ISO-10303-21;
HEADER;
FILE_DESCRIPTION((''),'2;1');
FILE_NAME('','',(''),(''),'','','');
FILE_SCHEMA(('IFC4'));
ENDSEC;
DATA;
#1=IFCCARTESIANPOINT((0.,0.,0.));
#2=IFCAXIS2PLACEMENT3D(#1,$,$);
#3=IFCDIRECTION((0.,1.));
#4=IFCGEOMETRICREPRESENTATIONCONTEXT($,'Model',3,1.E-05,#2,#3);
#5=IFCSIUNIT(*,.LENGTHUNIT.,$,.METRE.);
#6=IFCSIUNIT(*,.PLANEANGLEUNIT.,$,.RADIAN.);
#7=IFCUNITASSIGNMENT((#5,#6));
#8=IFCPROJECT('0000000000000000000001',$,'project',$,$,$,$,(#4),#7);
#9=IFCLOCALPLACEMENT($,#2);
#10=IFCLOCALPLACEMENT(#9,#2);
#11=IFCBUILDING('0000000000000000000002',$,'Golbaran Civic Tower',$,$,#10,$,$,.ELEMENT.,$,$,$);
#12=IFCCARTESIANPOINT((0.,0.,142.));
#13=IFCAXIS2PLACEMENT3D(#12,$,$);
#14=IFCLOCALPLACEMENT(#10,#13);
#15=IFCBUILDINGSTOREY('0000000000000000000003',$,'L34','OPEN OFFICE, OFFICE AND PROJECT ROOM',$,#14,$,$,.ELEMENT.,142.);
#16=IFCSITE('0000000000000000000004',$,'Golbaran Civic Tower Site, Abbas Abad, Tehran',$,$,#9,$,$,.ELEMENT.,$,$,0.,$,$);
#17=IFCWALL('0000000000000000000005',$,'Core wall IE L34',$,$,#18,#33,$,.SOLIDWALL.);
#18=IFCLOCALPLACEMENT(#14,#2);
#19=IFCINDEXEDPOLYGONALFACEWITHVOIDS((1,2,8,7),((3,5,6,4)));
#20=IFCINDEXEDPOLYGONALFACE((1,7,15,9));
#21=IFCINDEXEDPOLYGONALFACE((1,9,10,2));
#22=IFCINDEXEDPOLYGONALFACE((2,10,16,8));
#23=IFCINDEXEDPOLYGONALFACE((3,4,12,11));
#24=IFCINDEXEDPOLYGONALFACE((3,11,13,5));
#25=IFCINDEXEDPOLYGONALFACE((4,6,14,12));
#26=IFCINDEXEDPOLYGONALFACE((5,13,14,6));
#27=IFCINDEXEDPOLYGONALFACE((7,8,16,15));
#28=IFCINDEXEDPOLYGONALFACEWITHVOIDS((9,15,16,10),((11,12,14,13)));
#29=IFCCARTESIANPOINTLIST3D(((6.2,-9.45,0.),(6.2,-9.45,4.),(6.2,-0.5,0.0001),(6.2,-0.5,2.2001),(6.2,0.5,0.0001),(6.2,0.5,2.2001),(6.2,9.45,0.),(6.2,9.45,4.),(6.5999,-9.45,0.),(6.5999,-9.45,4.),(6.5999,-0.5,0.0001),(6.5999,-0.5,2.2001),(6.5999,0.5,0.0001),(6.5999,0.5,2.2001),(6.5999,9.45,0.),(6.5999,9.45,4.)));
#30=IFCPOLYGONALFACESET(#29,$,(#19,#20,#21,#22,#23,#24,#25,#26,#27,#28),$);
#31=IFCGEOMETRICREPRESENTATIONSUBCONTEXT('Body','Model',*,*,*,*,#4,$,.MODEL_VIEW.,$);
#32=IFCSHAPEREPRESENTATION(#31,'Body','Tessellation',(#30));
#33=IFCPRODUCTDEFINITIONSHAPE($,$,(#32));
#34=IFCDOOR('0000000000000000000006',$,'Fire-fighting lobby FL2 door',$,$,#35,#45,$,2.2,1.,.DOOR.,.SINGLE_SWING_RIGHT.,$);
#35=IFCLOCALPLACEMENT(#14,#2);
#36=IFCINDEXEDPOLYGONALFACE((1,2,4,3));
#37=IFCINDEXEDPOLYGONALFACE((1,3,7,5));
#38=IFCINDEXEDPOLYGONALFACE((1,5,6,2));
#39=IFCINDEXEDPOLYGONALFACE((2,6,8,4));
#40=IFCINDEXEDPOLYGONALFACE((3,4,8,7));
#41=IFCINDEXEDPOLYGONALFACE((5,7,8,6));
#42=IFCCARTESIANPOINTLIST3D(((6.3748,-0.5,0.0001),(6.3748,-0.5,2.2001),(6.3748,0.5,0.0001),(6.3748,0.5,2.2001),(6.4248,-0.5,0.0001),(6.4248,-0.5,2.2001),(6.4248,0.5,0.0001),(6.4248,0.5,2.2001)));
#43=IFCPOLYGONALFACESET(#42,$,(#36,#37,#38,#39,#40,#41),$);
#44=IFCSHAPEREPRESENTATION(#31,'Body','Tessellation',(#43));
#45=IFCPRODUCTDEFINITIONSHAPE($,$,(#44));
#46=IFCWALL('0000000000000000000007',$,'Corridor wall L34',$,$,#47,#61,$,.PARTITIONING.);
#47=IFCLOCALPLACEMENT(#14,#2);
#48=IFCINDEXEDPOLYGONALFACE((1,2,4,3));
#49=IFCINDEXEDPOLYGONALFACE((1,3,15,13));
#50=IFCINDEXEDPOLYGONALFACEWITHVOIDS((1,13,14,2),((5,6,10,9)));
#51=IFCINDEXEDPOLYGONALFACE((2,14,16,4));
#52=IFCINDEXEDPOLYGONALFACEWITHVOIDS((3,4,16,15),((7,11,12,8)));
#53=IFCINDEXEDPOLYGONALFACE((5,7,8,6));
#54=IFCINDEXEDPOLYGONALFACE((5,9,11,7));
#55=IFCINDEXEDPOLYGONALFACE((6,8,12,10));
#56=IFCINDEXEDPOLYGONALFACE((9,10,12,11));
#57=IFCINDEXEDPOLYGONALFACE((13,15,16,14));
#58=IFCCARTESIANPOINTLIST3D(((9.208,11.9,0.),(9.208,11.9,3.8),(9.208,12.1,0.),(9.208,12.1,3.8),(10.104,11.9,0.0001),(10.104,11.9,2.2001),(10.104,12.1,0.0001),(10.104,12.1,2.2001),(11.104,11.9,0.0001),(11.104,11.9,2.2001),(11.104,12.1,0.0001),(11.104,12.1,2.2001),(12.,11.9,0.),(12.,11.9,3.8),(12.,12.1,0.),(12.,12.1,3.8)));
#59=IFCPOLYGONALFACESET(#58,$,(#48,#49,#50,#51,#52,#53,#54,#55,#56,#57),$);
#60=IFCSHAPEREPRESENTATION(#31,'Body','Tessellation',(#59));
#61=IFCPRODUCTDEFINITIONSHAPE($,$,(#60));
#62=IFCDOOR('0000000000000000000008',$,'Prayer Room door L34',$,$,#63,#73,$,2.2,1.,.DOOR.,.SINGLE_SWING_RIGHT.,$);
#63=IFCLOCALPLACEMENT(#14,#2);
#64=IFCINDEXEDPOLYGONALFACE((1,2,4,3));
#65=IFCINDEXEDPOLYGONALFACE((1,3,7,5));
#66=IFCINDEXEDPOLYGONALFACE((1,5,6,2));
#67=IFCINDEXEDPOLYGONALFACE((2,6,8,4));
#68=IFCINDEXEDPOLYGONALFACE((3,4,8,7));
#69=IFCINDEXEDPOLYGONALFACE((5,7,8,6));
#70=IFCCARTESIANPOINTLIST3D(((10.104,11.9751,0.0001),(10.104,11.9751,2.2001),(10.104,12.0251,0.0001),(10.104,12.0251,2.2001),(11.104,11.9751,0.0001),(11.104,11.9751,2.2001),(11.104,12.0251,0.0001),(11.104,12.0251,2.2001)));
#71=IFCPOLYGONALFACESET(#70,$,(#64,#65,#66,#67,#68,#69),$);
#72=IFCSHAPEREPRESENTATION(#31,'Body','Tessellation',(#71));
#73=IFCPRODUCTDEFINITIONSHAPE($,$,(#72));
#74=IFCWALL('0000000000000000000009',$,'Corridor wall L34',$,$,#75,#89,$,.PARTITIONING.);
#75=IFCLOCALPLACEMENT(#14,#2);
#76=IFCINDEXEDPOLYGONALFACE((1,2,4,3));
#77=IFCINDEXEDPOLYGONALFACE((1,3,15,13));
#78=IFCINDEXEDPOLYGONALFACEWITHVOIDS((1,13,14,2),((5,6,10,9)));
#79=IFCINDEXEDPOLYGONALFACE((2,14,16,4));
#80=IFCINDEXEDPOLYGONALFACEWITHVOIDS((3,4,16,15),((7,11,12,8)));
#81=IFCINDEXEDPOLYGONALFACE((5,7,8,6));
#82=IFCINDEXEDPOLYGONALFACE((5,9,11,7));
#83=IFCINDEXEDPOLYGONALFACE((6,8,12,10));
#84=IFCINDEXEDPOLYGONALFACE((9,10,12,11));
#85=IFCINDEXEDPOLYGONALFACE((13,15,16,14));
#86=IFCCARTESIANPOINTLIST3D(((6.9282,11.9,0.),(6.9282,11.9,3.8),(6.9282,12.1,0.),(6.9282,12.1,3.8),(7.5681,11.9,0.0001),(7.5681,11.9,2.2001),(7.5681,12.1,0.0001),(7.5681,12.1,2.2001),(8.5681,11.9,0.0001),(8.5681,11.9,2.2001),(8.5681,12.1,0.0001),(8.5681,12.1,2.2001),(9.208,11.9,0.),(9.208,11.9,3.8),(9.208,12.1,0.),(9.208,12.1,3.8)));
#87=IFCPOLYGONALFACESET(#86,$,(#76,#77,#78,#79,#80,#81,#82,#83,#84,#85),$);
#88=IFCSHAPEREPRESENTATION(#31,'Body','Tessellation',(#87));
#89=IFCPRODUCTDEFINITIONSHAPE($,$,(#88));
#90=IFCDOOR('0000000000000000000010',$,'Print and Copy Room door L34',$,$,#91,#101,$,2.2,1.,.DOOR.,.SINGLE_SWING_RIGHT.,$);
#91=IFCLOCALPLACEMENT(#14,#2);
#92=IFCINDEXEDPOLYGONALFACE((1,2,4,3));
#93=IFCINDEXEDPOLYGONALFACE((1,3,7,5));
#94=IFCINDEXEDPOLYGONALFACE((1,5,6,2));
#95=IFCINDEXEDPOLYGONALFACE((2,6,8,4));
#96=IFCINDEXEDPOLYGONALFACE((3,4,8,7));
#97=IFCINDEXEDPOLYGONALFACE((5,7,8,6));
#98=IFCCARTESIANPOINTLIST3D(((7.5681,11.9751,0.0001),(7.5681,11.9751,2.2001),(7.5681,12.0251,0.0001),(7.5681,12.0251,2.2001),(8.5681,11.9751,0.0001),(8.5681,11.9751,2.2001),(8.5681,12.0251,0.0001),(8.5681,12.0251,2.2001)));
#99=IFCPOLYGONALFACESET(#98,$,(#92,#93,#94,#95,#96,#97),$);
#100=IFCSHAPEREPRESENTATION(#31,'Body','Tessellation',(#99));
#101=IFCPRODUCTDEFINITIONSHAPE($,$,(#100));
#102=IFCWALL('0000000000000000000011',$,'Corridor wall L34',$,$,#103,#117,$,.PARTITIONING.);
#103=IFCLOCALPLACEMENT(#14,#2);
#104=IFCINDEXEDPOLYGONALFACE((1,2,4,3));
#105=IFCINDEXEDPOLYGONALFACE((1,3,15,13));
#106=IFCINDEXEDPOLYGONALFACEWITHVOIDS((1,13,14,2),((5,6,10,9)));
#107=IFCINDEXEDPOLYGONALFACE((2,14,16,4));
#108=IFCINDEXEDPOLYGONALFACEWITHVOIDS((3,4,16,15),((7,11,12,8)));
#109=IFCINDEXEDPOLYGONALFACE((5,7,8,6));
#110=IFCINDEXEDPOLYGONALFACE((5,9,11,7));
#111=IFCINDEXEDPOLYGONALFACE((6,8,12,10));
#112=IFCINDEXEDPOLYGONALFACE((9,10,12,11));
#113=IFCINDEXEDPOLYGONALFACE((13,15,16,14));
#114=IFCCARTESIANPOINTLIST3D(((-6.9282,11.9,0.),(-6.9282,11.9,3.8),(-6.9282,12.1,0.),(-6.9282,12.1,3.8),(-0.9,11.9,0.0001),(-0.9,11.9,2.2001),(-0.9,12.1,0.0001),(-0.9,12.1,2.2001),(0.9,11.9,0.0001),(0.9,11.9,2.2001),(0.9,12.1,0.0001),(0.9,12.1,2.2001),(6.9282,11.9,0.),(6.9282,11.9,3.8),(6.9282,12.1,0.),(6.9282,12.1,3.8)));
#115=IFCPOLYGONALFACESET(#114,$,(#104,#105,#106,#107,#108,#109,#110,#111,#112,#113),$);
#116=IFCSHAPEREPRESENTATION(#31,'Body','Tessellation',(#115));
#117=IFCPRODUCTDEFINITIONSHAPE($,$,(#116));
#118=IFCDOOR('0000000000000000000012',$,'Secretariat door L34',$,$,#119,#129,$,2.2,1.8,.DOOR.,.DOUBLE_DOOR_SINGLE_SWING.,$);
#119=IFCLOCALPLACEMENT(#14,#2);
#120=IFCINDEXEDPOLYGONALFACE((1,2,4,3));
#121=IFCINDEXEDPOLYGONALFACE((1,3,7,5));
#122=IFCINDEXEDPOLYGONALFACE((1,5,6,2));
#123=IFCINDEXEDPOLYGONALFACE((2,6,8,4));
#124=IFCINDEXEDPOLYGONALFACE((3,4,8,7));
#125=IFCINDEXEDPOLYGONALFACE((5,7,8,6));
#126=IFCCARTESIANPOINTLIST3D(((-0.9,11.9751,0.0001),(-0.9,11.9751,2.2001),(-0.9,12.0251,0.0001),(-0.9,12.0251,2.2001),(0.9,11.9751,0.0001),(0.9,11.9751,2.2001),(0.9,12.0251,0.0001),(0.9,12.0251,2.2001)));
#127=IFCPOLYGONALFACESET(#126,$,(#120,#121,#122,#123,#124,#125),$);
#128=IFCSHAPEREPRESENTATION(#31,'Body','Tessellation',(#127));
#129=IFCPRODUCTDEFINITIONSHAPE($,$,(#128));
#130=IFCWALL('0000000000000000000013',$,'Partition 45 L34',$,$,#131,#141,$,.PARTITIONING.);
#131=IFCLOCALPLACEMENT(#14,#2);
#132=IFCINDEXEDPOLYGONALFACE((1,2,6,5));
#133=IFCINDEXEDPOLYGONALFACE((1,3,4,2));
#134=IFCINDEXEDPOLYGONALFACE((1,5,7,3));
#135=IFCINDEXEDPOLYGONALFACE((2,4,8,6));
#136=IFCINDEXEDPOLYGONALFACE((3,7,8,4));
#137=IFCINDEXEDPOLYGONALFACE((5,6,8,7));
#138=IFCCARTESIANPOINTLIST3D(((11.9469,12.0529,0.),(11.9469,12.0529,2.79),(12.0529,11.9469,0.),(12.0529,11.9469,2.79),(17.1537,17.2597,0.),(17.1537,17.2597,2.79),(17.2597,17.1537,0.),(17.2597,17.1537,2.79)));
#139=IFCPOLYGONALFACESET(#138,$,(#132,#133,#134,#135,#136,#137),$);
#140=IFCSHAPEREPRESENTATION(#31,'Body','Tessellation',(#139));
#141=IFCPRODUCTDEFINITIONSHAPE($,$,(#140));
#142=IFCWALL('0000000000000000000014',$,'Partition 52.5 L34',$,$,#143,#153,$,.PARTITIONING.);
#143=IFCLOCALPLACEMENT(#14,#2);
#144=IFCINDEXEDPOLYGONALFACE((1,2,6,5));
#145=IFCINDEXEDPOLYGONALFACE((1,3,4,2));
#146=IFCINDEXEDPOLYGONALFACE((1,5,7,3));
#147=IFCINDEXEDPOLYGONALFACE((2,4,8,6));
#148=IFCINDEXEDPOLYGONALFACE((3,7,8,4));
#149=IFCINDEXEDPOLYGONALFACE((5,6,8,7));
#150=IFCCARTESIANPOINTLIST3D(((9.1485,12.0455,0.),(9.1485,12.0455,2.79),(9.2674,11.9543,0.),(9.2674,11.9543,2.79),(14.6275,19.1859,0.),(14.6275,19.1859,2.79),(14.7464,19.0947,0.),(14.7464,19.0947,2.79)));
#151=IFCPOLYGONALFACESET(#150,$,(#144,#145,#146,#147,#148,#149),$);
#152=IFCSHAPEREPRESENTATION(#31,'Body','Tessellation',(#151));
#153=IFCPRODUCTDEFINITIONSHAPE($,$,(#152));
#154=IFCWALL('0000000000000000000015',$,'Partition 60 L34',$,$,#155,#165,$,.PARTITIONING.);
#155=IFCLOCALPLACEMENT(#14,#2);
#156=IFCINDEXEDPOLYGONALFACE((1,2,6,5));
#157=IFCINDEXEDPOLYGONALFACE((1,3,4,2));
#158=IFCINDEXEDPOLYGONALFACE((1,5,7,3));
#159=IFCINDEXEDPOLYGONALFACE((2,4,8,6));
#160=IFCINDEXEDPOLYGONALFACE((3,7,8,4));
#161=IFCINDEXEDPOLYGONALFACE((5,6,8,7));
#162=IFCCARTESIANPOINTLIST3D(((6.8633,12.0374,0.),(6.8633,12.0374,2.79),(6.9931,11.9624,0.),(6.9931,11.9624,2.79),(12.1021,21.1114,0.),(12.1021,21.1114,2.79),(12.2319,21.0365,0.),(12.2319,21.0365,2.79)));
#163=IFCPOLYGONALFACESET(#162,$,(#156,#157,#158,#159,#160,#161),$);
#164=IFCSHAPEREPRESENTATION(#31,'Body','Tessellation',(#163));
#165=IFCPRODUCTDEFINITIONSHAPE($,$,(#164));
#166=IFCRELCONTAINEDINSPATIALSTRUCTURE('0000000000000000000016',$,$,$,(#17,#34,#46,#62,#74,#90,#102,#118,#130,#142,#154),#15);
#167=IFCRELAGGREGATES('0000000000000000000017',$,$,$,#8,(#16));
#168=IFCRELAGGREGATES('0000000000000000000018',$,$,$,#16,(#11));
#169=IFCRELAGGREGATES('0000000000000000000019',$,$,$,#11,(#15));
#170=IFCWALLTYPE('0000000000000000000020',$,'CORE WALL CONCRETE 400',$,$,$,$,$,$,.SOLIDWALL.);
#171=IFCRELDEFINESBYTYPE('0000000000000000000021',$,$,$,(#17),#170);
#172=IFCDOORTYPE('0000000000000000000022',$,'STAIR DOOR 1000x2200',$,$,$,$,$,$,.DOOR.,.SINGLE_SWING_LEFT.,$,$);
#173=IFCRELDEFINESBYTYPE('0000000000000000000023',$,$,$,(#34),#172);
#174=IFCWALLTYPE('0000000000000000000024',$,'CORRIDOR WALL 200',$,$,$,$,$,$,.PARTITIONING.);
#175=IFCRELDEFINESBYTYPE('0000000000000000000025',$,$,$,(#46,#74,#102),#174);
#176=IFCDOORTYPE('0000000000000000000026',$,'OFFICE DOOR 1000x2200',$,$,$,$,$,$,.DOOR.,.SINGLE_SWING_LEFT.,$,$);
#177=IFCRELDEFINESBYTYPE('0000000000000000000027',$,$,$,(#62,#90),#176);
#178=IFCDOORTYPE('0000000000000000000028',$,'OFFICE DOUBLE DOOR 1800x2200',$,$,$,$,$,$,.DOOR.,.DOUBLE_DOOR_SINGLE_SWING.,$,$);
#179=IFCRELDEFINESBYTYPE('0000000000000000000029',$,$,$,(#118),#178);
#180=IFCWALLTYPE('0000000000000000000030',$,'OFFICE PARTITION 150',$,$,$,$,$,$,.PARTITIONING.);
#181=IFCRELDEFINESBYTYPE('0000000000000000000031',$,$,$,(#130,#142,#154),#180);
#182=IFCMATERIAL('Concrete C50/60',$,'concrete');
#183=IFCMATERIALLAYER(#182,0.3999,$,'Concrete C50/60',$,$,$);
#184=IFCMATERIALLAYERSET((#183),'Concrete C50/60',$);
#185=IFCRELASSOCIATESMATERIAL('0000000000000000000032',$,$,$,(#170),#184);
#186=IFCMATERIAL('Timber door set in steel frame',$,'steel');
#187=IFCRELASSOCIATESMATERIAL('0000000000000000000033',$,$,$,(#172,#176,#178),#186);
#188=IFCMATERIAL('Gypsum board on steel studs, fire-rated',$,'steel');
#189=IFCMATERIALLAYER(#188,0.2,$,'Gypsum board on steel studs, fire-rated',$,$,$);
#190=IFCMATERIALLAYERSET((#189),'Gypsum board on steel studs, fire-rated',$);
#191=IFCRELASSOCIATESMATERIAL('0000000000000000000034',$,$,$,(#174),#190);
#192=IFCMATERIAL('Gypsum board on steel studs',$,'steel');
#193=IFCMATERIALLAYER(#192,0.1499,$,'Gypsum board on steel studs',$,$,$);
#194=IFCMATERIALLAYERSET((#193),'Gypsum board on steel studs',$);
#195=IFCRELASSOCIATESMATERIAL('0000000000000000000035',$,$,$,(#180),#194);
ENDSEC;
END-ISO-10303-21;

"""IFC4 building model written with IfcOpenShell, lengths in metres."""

from ifc_helpers import new_model, si_unit, direction, frame, frame_2d, origin, place, context, subcontext, project, spatial, rectangle, extrude, material, layer, layer_set, type_object, element, fill, save


model = new_model("IFC4")

# Units and contexts
model_context = context("Model", 3, precision=1e-05, world=origin(), true_north=direction((0.0, 1.0)))
body_context = subcontext(model_context, "Body", "Model", "MODEL_VIEW")
ifc_project = project(units=[si_unit("LENGTHUNIT", "METRE"), si_unit("PLANEANGLEUNIT", "RADIAN")], contexts=[model_context])

# Site, building, storey
site_placement = place(None, origin())
site = spatial("IfcSite", under=ifc_project, at=site_placement, Name="Golbaran Civic Tower Site, Abbas Abad, Tehran", CompositionType="ELEMENT", RefElevation=0.0)
building_placement = place(site_placement, origin())
building = spatial("IfcBuilding", under=site, at=building_placement, Name="Golbaran Civic Tower", CompositionType="ELEMENT")
storey_placement = place(building_placement, frame((0.0, 0.0, 142.0)))
storey = spatial("IfcBuildingStorey", under=building, at=storey_placement, Name="L34", Description="OPEN OFFICE, OFFICE AND PROJECT ROOM", CompositionType="ELEMENT", Elevation=142.0)

# Walls, openings, doors
ifc_material_1 = material(Name="Concrete C50/60", Category="concrete")
ifc_layer_1 = layer(ifc_material_1, 0.3999, Name="Concrete C50/60")
ifc_layer_set_1 = layer_set([ifc_layer_1], Name="Concrete C50/60")
wall_type_1 = type_object("IfcWallType", Name="CORE WALL CONCRETE 400", PredefinedType="SOLIDWALL", material=ifc_layer_set_1)
wall_1_placement = place(storey_placement, frame((6.3999, 9.45, 0.0), z_axis=(0.0, 0.0, 1.0), x_axis=(0.0, -1.0, 0.0)))
wall_1 = element("IfcWall", 1, at=wall_1_placement, inside=storey, type_object=wall_type_1, Name="Core wall IE L34", PredefinedType="SOLIDWALL", context=body_context, shape_type="SweptSolid", body=[
    extrude(rectangle(XDim=18.8999, YDim=0.3999, at=frame_2d((9.45, 0.0))), origin(), (0.0, 0.0, 1.0), 4.0),
])
opening_1_placement = place(wall_1_placement, frame((8.95, 0.0, 0.0)))
opening_1 = element("IfcOpeningElement", 2, at=opening_1_placement, cuts=wall_1, PredefinedType="OPENING", context=body_context, shape_type="SweptSolid", body=[
    extrude(rectangle(XDim=1.0, YDim=2.2, at=frame_2d((0.5, 1.1001))), frame((0.0, 0.21, 0.0), z_axis=(0.0, -1.0, 0.0), x_axis=(1.0, 0.0, 0.0)), (0.0, 0.0, 1.0), 0.4199),
])
ifc_material_2 = material(Name="Timber door set in steel frame", Category="steel")
door_type_1 = type_object("IfcDoorType", Name="STAIR DOOR 1000x2200", OperationType="SINGLE_SWING_LEFT", PredefinedType="DOOR", material=ifc_material_2)
door_1_placement = place(opening_1_placement, origin())
door_1 = element("IfcDoor", 3, at=door_1_placement, inside=storey, type_object=door_type_1, Name="Fire-fighting lobby FL2 door", OperationType="SINGLE_SWING_RIGHT", OverallHeight=2.2, OverallWidth=1.0, PredefinedType="DOOR", context=body_context, shape_type="SweptSolid", body=[
    extrude(rectangle(XDim=1.0, YDim=2.2, at=frame_2d((0.5, 1.1001))), frame((0.0, 0.0249, 0.0), z_axis=(0.0, -1.0, 0.0), x_axis=(1.0, 0.0, 0.0)), (0.0, 0.0, 1.0), 0.05),
])
fill(opening_1, door_1)
ifc_material_3 = material(Name="Gypsum board on steel studs, fire-rated", Category="steel")
ifc_layer_2 = layer(ifc_material_3, 0.2, Name="Gypsum board on steel studs, fire-rated")
ifc_layer_set_2 = layer_set([ifc_layer_2], Name="Gypsum board on steel studs, fire-rated")
wall_type_2 = type_object("IfcWallType", Name="CORRIDOR WALL 200", PredefinedType="PARTITIONING", material=ifc_layer_set_2)
wall_2_placement = place(storey_placement, frame((12.0, 12.0, 0.0), z_axis=(0.0, 0.0, 1.0), x_axis=(-1.0, 0.0, 0.0)))
wall_2 = element("IfcWall", 4, at=wall_2_placement, inside=storey, type_object=wall_type_2, Name="Corridor wall L34", PredefinedType="PARTITIONING", context=body_context, shape_type="SweptSolid", body=[
    extrude(rectangle(XDim=2.792, YDim=0.2, at=frame_2d((1.396, 0.0))), origin(), (0.0, 0.0, 1.0), 3.8),
])
opening_2_placement = place(wall_2_placement, frame((0.896, 0.0, 0.0)))
opening_2 = element("IfcOpeningElement", 5, at=opening_2_placement, cuts=wall_2, PredefinedType="OPENING", context=body_context, shape_type="SweptSolid", body=[
    extrude(rectangle(XDim=1.0, YDim=2.2, at=frame_2d((0.5, 1.1001))), frame((0.0, 0.1099, 0.0), z_axis=(0.0, -1.0, 0.0), x_axis=(1.0, 0.0, 0.0)), (0.0, 0.0, 1.0), 0.22),
])
door_type_2 = type_object("IfcDoorType", Name="OFFICE DOOR 1000x2200", OperationType="SINGLE_SWING_LEFT", PredefinedType="DOOR", material=ifc_material_2)
door_2_placement = place(opening_2_placement, origin())
door_2 = element("IfcDoor", 6, at=door_2_placement, inside=storey, type_object=door_type_2, Name="Prayer Room door L34", OperationType="SINGLE_SWING_RIGHT", OverallHeight=2.2, OverallWidth=1.0, PredefinedType="DOOR", context=body_context, shape_type="SweptSolid", body=[
    extrude(rectangle(XDim=1.0, YDim=2.2, at=frame_2d((0.5, 1.1001))), frame((0.0, 0.0249, 0.0), z_axis=(0.0, -1.0, 0.0), x_axis=(1.0, 0.0, 0.0)), (0.0, 0.0, 1.0), 0.05),
])
fill(opening_2, door_2)
wall_3_placement = place(storey_placement, frame((9.208, 12.0, 0.0), z_axis=(0.0, 0.0, 1.0), x_axis=(-1.0, 0.0, 0.0)))
wall_3 = element("IfcWall", 7, at=wall_3_placement, inside=storey, type_object=wall_type_2, Name="Corridor wall L34", PredefinedType="PARTITIONING", context=body_context, shape_type="SweptSolid", body=[
    extrude(rectangle(XDim=2.2798, YDim=0.2, at=frame_2d((1.1399, 0.0))), origin(), (0.0, 0.0, 1.0), 3.8),
])
opening_3_placement = place(wall_3_placement, frame((0.6399, 0.0, 0.0)))
opening_3 = element("IfcOpeningElement", 8, at=opening_3_placement, cuts=wall_3, PredefinedType="OPENING", context=body_context, shape_type="SweptSolid", body=[
    extrude(rectangle(XDim=1.0, YDim=2.2, at=frame_2d((0.5, 1.1001))), frame((0.0, 0.1099, 0.0), z_axis=(0.0, -1.0, 0.0), x_axis=(1.0, 0.0, 0.0)), (0.0, 0.0, 1.0), 0.22),
])
door_3_placement = place(opening_3_placement, origin())
door_3 = element("IfcDoor", 9, at=door_3_placement, inside=storey, type_object=door_type_2, Name="Print and Copy Room door L34", OperationType="SINGLE_SWING_RIGHT", OverallHeight=2.2, OverallWidth=1.0, PredefinedType="DOOR", context=body_context, shape_type="SweptSolid", body=[
    extrude(rectangle(XDim=1.0, YDim=2.2, at=frame_2d((0.5, 1.1001))), frame((0.0, 0.0249, 0.0), z_axis=(0.0, -1.0, 0.0), x_axis=(1.0, 0.0, 0.0)), (0.0, 0.0, 1.0), 0.05),
])
fill(opening_3, door_3)
wall_4_placement = place(storey_placement, frame((6.9282, 12.0, 0.0), z_axis=(0.0, 0.0, 1.0), x_axis=(-1.0, 0.0, 0.0)))
wall_4 = element("IfcWall", 10, at=wall_4_placement, inside=storey, type_object=wall_type_2, Name="Corridor wall L34", PredefinedType="PARTITIONING", context=body_context, shape_type="SweptSolid", body=[
    extrude(rectangle(XDim=13.8564, YDim=0.2, at=frame_2d((6.9282, 0.0))), origin(), (0.0, 0.0, 1.0), 3.8),
])
opening_4_placement = place(wall_4_placement, frame((6.0283, 0.0, 0.0)))
opening_4 = element("IfcOpeningElement", 11, at=opening_4_placement, cuts=wall_4, PredefinedType="OPENING", context=body_context, shape_type="SweptSolid", body=[
    extrude(rectangle(XDim=1.8, YDim=2.2, at=frame_2d((0.8999, 1.1001))), frame((0.0, 0.1099, 0.0), z_axis=(0.0, -1.0, 0.0), x_axis=(1.0, 0.0, 0.0)), (0.0, 0.0, 1.0), 0.22),
])
door_type_3 = type_object("IfcDoorType", Name="OFFICE DOUBLE DOOR 1800x2200", OperationType="DOUBLE_DOOR_SINGLE_SWING", PredefinedType="DOOR", material=ifc_material_2)
door_4_placement = place(opening_4_placement, origin())
door_4 = element("IfcDoor", 12, at=door_4_placement, inside=storey, type_object=door_type_3, Name="Secretariat door L34", OperationType="DOUBLE_DOOR_SINGLE_SWING", OverallHeight=2.2, OverallWidth=1.8, PredefinedType="DOOR", context=body_context, shape_type="SweptSolid", body=[
    extrude(rectangle(XDim=1.8, YDim=2.2, at=frame_2d((0.8999, 1.1001))), frame((0.0, 0.0249, 0.0), z_axis=(0.0, -1.0, 0.0), x_axis=(1.0, 0.0, 0.0)), (0.0, 0.0, 1.0), 0.05),
])
fill(opening_4, door_4)

# Walls
ifc_material_4 = material(Name="Gypsum board on steel studs", Category="steel")
ifc_layer_3 = layer(ifc_material_4, 0.1499, Name="Gypsum board on steel studs")
ifc_layer_set_3 = layer_set([ifc_layer_3], Name="Gypsum board on steel studs")
wall_type_3 = type_object("IfcWallType", Name="OFFICE PARTITION 150", PredefinedType="PARTITIONING", material=ifc_layer_set_3)
wall_5_placement = place(storey_placement, frame((12.0, 12.0, 0.0), z_axis=(0.0, 0.0, 1.0), x_axis=(0.707107, 0.707107, 0.0)))
element("IfcWall", 13, at=wall_5_placement, inside=storey, type_object=wall_type_3, Name="Partition 45 L34", PredefinedType="PARTITIONING", context=body_context, shape_type="SweptSolid", body=[
    extrude(rectangle(XDim=7.3635, YDim=0.1499, at=frame_2d((3.6816, 0.0))), origin(), (0.0, 0.0, 1.0), 2.79),
])
wall_6_placement = place(storey_placement, frame((9.208, 12.0, 0.0), z_axis=(0.0, 0.0, 1.0), x_axis=(0.608761, 0.793354, 0.0)))
element("IfcWall", 14, at=wall_6_placement, inside=storey, type_object=wall_type_3, Name="Partition 52.5 L34", PredefinedType="PARTITIONING", context=body_context, shape_type="SweptSolid", body=[
    extrude(rectangle(XDim=9.0002, YDim=0.1499, at=frame_2d((4.5, 0.0))), origin(), (0.0, 0.0, 1.0), 2.79),
])
wall_7_placement = place(storey_placement, frame((6.9282, 12.0, 0.0), z_axis=(0.0, 0.0, 1.0), x_axis=(0.499993, 0.866029, 0.0)))
element("IfcWall", 15, at=wall_7_placement, inside=storey, type_object=wall_type_3, Name="Partition 60 L34", PredefinedType="PARTITIONING", context=body_context, shape_type="SweptSolid", body=[
    extrude(rectangle(XDim=10.4778, YDim=0.1499, at=frame_2d((5.2388, 0.0))), origin(), (0.0, 0.0, 1.0), 2.79),
])

save(model, "model.ifc")
